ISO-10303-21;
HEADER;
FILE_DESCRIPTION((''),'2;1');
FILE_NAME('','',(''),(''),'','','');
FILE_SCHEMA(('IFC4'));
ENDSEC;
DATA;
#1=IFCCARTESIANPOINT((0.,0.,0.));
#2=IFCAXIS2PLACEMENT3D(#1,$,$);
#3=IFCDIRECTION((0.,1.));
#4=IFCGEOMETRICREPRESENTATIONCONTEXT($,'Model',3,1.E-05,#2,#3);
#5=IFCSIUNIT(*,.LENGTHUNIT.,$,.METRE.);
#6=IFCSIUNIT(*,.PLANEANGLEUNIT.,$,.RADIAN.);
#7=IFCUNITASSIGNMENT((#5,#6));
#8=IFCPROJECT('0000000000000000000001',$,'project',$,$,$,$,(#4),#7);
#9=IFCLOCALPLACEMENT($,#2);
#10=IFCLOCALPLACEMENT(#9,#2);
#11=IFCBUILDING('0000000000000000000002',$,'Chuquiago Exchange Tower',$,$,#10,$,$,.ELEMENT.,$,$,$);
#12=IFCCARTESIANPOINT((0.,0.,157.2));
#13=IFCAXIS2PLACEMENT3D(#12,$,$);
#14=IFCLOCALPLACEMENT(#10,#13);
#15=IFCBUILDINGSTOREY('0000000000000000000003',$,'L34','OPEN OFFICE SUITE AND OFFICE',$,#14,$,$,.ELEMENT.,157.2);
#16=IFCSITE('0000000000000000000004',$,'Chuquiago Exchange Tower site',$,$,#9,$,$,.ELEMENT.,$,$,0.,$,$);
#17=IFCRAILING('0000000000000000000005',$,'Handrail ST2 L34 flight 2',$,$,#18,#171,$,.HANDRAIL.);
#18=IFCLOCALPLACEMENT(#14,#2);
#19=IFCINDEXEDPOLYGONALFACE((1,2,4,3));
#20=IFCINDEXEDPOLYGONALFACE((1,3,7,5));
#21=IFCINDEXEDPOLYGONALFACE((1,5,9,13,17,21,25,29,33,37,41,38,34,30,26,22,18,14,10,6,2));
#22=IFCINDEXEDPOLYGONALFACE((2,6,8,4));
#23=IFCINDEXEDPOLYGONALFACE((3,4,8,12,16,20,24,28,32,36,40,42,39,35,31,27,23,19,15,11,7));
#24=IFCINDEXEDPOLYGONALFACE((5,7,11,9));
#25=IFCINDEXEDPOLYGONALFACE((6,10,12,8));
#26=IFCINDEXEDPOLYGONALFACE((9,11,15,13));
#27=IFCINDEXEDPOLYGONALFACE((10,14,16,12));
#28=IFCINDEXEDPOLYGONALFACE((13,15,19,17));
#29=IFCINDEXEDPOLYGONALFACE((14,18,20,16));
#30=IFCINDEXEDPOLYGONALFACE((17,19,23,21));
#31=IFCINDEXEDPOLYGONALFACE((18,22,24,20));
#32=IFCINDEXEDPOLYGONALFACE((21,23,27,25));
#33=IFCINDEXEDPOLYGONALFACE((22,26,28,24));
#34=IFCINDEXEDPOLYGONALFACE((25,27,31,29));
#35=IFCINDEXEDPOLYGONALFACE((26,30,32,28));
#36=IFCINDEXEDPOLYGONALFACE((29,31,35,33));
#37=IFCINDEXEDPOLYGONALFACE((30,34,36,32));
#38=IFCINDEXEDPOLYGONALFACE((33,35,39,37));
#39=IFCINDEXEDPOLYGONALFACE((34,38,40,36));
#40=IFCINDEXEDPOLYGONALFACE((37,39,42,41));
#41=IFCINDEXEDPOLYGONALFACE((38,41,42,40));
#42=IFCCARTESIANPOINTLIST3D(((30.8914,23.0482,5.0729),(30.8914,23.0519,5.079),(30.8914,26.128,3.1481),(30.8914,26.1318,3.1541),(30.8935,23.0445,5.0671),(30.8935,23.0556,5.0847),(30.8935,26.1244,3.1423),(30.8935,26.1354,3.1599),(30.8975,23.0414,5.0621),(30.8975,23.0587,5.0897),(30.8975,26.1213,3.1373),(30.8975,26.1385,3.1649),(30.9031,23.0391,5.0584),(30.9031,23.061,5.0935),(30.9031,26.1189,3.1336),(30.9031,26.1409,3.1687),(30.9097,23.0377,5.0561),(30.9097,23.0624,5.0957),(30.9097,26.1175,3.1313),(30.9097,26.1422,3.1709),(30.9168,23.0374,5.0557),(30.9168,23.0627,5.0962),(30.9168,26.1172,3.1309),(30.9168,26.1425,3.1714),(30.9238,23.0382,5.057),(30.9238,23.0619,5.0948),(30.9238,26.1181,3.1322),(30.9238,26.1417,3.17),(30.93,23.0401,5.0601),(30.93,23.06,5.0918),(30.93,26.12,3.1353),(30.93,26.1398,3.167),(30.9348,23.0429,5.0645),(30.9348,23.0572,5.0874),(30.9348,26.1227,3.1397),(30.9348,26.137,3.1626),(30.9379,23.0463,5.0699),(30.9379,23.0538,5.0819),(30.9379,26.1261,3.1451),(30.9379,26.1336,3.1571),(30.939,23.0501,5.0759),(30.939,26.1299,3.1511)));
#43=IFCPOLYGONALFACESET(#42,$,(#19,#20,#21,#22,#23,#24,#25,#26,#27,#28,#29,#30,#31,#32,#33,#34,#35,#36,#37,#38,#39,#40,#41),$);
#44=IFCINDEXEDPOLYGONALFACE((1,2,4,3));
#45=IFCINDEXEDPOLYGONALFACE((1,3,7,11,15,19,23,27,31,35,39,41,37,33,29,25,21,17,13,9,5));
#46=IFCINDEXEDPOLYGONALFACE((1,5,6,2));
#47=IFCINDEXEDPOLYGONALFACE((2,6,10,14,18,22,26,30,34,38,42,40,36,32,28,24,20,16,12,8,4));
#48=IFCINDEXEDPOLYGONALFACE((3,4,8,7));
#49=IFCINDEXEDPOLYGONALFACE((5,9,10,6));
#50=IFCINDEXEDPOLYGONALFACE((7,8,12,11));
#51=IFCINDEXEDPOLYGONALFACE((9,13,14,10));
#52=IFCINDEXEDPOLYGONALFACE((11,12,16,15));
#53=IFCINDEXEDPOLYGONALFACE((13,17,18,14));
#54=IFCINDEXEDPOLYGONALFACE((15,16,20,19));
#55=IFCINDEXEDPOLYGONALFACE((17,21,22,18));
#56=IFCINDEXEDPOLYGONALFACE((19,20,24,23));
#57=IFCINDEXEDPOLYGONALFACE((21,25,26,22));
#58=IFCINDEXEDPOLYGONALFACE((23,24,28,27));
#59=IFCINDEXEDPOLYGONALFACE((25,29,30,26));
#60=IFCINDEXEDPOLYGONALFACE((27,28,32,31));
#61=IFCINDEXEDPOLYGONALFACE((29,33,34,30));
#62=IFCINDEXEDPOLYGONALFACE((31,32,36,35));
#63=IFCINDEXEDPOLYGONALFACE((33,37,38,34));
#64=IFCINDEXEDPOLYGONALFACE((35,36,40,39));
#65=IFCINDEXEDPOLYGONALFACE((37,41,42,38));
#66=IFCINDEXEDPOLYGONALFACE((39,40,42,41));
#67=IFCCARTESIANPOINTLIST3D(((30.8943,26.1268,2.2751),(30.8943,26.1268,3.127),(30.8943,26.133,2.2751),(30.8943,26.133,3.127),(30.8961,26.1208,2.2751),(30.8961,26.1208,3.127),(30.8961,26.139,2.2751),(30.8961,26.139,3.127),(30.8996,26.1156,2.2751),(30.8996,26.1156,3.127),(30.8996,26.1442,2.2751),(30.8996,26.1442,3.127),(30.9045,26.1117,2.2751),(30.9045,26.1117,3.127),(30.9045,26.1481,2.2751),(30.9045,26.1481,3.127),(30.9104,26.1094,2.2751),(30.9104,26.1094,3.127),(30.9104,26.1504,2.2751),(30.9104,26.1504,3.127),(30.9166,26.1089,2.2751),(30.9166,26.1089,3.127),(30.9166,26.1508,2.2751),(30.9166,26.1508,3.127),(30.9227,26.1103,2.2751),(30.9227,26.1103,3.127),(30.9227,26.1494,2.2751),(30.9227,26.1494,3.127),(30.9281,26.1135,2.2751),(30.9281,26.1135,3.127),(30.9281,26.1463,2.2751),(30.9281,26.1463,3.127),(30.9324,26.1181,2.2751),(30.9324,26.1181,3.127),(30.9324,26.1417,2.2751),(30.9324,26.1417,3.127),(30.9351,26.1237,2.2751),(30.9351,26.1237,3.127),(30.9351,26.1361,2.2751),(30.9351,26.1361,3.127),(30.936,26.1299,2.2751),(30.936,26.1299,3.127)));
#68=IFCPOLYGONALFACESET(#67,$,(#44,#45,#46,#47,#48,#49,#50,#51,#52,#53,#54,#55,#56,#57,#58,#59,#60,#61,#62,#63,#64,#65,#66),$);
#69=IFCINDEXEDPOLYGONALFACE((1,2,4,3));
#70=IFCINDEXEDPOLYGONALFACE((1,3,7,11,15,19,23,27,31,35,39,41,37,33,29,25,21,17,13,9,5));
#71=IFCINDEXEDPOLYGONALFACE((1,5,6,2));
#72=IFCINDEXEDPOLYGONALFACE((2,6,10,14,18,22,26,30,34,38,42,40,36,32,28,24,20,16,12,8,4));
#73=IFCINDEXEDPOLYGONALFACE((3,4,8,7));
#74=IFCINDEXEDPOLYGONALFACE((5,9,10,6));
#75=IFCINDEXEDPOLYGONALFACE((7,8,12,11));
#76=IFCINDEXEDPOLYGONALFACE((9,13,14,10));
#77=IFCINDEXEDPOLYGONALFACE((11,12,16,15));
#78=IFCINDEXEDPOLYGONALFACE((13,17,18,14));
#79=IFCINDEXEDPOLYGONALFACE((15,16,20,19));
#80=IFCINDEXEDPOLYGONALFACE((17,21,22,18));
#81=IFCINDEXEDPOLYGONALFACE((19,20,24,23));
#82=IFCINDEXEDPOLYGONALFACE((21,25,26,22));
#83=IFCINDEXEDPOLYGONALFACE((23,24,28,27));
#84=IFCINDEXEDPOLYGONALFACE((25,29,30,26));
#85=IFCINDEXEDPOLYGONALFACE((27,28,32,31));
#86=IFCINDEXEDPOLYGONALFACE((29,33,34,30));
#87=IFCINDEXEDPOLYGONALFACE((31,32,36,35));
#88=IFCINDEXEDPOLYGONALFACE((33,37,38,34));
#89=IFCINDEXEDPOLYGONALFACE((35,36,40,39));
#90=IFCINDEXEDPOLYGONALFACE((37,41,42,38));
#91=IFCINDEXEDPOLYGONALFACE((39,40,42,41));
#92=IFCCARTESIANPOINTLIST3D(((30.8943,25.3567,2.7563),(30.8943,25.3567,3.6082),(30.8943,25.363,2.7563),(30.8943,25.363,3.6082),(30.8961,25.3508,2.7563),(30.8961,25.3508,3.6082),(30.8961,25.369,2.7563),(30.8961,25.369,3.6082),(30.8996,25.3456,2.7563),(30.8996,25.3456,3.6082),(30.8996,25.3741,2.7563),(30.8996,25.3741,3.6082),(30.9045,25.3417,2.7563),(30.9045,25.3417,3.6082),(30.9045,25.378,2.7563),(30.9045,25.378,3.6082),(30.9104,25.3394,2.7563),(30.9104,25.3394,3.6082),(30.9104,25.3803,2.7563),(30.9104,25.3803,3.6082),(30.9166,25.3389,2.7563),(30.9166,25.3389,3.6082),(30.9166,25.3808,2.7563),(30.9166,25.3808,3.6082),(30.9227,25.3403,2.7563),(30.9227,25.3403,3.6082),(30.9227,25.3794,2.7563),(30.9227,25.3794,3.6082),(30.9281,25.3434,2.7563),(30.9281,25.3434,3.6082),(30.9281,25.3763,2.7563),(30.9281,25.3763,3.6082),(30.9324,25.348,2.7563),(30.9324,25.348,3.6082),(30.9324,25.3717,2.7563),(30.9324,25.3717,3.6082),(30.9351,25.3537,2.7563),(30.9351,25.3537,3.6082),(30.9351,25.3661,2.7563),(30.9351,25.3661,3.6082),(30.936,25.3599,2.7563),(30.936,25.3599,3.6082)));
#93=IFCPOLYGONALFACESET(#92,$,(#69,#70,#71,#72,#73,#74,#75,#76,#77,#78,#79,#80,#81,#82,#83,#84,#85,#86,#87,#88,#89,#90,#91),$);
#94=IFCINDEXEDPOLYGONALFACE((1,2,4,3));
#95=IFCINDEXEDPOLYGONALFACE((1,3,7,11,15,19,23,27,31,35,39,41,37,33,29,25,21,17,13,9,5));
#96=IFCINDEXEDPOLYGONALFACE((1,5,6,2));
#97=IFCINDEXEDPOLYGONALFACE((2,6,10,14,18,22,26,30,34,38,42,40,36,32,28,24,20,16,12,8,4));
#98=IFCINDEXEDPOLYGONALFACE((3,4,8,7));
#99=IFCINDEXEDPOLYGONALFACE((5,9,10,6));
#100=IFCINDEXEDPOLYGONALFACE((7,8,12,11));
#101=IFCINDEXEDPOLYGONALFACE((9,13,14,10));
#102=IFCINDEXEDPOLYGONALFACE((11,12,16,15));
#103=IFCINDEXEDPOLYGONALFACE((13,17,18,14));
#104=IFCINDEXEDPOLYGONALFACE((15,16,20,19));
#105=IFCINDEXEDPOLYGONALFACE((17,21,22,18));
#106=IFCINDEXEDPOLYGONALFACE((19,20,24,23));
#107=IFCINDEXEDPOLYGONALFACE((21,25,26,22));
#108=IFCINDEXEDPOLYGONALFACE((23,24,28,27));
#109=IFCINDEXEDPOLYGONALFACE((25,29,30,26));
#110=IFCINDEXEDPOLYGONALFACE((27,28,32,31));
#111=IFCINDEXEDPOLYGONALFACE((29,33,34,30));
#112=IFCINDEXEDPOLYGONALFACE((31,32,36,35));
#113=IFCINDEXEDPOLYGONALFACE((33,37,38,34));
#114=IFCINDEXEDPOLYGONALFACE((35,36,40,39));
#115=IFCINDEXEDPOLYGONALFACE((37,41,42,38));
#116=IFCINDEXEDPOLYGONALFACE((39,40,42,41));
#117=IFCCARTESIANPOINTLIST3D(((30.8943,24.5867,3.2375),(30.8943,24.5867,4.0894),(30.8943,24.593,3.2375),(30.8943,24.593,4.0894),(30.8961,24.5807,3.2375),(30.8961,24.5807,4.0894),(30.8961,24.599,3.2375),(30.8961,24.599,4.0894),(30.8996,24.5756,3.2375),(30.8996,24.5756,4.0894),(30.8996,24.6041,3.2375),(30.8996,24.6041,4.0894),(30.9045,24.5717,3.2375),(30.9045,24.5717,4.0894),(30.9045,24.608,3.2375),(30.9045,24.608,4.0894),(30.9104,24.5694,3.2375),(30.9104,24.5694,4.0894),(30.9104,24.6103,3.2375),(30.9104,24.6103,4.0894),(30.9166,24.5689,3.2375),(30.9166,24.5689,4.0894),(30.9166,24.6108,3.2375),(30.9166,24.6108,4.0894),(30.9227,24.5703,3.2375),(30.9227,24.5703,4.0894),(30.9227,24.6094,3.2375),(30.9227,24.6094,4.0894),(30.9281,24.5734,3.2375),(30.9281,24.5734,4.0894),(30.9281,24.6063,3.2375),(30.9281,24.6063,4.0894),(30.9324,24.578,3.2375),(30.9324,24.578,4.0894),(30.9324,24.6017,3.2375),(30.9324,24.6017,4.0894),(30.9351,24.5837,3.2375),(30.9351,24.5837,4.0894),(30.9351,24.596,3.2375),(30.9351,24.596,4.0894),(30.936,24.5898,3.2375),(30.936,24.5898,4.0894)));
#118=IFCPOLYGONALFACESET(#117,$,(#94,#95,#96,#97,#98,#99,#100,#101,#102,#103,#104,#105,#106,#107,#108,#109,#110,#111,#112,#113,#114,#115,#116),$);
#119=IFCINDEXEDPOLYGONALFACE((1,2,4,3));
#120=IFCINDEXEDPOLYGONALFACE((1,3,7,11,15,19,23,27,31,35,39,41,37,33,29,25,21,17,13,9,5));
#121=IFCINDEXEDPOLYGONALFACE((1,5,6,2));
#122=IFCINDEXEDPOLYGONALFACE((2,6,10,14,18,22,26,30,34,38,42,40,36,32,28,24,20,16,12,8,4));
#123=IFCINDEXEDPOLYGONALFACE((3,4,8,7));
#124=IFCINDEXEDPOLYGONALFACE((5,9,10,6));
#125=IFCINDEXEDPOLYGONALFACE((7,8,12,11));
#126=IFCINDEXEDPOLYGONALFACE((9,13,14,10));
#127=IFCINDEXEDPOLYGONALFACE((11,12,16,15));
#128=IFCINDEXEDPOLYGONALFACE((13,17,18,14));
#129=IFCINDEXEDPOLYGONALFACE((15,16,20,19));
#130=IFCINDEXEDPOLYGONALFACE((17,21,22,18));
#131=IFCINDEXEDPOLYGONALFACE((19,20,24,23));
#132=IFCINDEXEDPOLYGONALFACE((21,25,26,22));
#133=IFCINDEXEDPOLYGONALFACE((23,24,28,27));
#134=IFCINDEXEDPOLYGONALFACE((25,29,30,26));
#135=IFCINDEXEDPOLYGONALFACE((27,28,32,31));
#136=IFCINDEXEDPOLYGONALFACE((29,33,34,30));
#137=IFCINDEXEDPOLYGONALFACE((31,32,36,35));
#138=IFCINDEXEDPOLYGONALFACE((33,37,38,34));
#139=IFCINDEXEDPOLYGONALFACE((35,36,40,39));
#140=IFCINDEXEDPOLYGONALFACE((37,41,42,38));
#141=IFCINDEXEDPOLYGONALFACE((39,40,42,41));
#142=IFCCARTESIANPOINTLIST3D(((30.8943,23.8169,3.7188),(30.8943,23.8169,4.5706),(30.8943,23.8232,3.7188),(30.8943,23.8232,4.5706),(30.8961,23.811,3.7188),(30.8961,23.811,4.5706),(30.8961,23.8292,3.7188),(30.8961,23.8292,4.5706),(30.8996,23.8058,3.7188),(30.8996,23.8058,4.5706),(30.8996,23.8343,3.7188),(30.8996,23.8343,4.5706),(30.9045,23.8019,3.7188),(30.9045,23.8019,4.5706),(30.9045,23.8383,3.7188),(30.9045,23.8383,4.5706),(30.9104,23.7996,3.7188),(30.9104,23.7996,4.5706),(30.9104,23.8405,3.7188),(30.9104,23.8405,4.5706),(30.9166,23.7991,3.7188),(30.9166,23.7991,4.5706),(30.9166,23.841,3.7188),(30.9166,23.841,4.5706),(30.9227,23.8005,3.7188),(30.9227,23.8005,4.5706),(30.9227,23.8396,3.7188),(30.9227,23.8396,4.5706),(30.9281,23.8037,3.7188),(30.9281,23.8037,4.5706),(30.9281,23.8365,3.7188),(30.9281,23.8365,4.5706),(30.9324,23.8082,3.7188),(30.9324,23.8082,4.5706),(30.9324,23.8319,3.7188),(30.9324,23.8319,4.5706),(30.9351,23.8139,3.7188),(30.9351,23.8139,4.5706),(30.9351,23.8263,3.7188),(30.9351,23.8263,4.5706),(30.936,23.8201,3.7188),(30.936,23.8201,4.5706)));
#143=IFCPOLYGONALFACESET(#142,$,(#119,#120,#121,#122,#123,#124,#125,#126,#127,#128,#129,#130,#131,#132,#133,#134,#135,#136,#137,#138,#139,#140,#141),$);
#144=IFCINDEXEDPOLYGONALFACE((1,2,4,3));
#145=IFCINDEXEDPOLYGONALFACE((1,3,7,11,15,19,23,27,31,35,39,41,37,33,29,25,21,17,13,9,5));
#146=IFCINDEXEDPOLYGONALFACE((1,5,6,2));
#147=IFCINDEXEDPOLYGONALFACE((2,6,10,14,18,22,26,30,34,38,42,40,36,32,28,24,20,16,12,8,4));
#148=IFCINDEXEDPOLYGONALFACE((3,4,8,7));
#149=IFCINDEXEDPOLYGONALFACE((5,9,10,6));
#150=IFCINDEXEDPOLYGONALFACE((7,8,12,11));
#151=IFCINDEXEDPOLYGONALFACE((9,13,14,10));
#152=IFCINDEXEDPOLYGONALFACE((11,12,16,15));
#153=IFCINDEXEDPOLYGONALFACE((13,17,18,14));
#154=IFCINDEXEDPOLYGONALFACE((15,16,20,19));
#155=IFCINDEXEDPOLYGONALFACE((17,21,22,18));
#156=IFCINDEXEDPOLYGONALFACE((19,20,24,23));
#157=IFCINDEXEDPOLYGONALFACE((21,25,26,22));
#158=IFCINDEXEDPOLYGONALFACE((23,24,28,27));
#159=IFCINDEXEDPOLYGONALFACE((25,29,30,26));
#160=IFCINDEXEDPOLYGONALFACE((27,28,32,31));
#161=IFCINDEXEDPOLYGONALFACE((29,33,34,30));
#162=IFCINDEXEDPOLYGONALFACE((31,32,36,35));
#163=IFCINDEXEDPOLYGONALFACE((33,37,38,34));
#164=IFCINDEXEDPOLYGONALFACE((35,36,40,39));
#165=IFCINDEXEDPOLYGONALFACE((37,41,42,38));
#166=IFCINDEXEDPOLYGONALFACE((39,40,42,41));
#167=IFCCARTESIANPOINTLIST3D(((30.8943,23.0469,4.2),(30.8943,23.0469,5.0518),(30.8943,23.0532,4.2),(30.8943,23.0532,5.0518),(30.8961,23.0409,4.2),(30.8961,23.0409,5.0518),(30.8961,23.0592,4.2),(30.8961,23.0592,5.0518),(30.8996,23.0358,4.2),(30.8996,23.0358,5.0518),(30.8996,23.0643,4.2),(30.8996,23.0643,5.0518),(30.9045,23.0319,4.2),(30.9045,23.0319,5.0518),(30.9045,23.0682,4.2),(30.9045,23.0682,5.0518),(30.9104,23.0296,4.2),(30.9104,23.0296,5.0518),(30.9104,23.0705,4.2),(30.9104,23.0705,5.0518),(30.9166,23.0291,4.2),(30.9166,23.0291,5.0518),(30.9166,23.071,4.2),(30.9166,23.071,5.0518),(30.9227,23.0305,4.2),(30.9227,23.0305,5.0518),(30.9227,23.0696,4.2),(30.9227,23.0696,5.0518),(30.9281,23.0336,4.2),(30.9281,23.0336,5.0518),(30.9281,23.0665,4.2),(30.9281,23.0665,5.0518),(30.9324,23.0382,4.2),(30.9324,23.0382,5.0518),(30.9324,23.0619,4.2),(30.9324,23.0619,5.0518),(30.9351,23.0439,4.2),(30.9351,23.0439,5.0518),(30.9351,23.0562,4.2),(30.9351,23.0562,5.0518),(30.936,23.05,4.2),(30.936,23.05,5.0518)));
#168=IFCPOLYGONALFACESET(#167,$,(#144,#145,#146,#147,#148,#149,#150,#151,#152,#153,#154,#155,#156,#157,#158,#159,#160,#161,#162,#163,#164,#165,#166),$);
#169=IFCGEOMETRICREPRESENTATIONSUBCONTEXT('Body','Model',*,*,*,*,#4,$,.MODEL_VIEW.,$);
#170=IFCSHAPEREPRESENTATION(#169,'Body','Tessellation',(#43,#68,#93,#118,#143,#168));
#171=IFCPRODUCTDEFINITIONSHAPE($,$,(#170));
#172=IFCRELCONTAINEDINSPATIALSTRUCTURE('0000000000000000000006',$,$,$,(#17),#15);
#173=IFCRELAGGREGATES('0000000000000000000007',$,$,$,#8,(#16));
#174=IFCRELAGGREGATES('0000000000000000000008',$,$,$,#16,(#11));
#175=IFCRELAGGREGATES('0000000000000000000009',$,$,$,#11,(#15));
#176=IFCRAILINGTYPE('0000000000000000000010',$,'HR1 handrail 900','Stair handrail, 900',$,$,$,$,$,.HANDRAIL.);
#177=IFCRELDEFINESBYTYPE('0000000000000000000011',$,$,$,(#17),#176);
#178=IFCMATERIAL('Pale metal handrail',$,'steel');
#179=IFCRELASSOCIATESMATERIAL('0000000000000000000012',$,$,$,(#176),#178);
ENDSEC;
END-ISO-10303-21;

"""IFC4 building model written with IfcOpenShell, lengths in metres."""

from ifc_helpers import new_model, si_unit, direction, frame, origin, origin_2d, place, context, subcontext, project, spatial, circle, extrude, material, type_object, element, save


model = new_model("IFC4")

# Units and contexts
model_context = context("Model", 3, precision=1e-05, world=origin(), true_north=direction((0.0, 1.0)))
body_context = subcontext(model_context, "Body", "Model", "MODEL_VIEW")
ifc_project = project(units=[si_unit("LENGTHUNIT", "METRE"), si_unit("PLANEANGLEUNIT", "RADIAN")], contexts=[model_context])

# Site, building, storey
site_placement = place(None, origin())
site = spatial("IfcSite", under=ifc_project, at=site_placement, Name="Chuquiago Exchange Tower site", CompositionType="ELEMENT", RefElevation=0.0)
building_placement = place(site_placement, origin())
building = spatial("IfcBuilding", under=site, at=building_placement, Name="Chuquiago Exchange Tower", CompositionType="ELEMENT")
storey_placement = place(building_placement, frame((0.0, 0.0, 157.2)))
storey = spatial("IfcBuildingStorey", under=building, at=storey_placement, Name="L34", Description="OPEN OFFICE SUITE AND OFFICE", CompositionType="ELEMENT", Elevation=157.2)

# Railing
ifc_material_1 = material(Name="Pale metal handrail", Category="steel")
railing_type_1 = type_object("IfcRailingType", Name="HR1 handrail 900", Description="Stair handrail, 900", PredefinedType="HANDRAIL", material=ifc_material_1)
for number, where, name in (
    (1, (30.915, 26.1299, 2.2751), "Handrail ST2 L34 flight 2"),
):
    element("IfcRailing", number, at=place(storey_placement, frame(where)), inside=storey, type_object=railing_type_1, Name=name, PredefinedType="HANDRAIL", context=body_context, shape_type="SweptSolid", body=[
        extrude(circle(Radius=0.0239, at=origin_2d()), frame((0.0, 0.0, 0.876), z_axis=(0.0, -0.84801, 0.529981), x_axis=(1.0, 0.0, 0.0)), (0.0, 0.0, 1.0), 3.6318),
        extrude(circle(Radius=0.021, at=origin_2d()), origin(), (0.0, 0.0, 1.0), 0.8518),
        extrude(circle(Radius=0.021, at=origin_2d()), frame((0.0, -0.77, 0.4812)), (0.0, 0.0, 1.0), 0.8518),
        extrude(circle(Radius=0.021, at=origin_2d()), frame((0.0, -1.54, 0.9624)), (0.0, 0.0, 1.0), 0.8518),
        extrude(circle(Radius=0.021, at=origin_2d()), frame((0.0, -2.3098, 1.4436)), (0.0, 0.0, 1.0), 0.8518),
        extrude(circle(Radius=0.021, at=origin_2d()), frame((0.0, -3.0798, 1.9248)), (0.0, 0.0, 1.0), 0.8518),
    ])

save(model, "model.ifc")
